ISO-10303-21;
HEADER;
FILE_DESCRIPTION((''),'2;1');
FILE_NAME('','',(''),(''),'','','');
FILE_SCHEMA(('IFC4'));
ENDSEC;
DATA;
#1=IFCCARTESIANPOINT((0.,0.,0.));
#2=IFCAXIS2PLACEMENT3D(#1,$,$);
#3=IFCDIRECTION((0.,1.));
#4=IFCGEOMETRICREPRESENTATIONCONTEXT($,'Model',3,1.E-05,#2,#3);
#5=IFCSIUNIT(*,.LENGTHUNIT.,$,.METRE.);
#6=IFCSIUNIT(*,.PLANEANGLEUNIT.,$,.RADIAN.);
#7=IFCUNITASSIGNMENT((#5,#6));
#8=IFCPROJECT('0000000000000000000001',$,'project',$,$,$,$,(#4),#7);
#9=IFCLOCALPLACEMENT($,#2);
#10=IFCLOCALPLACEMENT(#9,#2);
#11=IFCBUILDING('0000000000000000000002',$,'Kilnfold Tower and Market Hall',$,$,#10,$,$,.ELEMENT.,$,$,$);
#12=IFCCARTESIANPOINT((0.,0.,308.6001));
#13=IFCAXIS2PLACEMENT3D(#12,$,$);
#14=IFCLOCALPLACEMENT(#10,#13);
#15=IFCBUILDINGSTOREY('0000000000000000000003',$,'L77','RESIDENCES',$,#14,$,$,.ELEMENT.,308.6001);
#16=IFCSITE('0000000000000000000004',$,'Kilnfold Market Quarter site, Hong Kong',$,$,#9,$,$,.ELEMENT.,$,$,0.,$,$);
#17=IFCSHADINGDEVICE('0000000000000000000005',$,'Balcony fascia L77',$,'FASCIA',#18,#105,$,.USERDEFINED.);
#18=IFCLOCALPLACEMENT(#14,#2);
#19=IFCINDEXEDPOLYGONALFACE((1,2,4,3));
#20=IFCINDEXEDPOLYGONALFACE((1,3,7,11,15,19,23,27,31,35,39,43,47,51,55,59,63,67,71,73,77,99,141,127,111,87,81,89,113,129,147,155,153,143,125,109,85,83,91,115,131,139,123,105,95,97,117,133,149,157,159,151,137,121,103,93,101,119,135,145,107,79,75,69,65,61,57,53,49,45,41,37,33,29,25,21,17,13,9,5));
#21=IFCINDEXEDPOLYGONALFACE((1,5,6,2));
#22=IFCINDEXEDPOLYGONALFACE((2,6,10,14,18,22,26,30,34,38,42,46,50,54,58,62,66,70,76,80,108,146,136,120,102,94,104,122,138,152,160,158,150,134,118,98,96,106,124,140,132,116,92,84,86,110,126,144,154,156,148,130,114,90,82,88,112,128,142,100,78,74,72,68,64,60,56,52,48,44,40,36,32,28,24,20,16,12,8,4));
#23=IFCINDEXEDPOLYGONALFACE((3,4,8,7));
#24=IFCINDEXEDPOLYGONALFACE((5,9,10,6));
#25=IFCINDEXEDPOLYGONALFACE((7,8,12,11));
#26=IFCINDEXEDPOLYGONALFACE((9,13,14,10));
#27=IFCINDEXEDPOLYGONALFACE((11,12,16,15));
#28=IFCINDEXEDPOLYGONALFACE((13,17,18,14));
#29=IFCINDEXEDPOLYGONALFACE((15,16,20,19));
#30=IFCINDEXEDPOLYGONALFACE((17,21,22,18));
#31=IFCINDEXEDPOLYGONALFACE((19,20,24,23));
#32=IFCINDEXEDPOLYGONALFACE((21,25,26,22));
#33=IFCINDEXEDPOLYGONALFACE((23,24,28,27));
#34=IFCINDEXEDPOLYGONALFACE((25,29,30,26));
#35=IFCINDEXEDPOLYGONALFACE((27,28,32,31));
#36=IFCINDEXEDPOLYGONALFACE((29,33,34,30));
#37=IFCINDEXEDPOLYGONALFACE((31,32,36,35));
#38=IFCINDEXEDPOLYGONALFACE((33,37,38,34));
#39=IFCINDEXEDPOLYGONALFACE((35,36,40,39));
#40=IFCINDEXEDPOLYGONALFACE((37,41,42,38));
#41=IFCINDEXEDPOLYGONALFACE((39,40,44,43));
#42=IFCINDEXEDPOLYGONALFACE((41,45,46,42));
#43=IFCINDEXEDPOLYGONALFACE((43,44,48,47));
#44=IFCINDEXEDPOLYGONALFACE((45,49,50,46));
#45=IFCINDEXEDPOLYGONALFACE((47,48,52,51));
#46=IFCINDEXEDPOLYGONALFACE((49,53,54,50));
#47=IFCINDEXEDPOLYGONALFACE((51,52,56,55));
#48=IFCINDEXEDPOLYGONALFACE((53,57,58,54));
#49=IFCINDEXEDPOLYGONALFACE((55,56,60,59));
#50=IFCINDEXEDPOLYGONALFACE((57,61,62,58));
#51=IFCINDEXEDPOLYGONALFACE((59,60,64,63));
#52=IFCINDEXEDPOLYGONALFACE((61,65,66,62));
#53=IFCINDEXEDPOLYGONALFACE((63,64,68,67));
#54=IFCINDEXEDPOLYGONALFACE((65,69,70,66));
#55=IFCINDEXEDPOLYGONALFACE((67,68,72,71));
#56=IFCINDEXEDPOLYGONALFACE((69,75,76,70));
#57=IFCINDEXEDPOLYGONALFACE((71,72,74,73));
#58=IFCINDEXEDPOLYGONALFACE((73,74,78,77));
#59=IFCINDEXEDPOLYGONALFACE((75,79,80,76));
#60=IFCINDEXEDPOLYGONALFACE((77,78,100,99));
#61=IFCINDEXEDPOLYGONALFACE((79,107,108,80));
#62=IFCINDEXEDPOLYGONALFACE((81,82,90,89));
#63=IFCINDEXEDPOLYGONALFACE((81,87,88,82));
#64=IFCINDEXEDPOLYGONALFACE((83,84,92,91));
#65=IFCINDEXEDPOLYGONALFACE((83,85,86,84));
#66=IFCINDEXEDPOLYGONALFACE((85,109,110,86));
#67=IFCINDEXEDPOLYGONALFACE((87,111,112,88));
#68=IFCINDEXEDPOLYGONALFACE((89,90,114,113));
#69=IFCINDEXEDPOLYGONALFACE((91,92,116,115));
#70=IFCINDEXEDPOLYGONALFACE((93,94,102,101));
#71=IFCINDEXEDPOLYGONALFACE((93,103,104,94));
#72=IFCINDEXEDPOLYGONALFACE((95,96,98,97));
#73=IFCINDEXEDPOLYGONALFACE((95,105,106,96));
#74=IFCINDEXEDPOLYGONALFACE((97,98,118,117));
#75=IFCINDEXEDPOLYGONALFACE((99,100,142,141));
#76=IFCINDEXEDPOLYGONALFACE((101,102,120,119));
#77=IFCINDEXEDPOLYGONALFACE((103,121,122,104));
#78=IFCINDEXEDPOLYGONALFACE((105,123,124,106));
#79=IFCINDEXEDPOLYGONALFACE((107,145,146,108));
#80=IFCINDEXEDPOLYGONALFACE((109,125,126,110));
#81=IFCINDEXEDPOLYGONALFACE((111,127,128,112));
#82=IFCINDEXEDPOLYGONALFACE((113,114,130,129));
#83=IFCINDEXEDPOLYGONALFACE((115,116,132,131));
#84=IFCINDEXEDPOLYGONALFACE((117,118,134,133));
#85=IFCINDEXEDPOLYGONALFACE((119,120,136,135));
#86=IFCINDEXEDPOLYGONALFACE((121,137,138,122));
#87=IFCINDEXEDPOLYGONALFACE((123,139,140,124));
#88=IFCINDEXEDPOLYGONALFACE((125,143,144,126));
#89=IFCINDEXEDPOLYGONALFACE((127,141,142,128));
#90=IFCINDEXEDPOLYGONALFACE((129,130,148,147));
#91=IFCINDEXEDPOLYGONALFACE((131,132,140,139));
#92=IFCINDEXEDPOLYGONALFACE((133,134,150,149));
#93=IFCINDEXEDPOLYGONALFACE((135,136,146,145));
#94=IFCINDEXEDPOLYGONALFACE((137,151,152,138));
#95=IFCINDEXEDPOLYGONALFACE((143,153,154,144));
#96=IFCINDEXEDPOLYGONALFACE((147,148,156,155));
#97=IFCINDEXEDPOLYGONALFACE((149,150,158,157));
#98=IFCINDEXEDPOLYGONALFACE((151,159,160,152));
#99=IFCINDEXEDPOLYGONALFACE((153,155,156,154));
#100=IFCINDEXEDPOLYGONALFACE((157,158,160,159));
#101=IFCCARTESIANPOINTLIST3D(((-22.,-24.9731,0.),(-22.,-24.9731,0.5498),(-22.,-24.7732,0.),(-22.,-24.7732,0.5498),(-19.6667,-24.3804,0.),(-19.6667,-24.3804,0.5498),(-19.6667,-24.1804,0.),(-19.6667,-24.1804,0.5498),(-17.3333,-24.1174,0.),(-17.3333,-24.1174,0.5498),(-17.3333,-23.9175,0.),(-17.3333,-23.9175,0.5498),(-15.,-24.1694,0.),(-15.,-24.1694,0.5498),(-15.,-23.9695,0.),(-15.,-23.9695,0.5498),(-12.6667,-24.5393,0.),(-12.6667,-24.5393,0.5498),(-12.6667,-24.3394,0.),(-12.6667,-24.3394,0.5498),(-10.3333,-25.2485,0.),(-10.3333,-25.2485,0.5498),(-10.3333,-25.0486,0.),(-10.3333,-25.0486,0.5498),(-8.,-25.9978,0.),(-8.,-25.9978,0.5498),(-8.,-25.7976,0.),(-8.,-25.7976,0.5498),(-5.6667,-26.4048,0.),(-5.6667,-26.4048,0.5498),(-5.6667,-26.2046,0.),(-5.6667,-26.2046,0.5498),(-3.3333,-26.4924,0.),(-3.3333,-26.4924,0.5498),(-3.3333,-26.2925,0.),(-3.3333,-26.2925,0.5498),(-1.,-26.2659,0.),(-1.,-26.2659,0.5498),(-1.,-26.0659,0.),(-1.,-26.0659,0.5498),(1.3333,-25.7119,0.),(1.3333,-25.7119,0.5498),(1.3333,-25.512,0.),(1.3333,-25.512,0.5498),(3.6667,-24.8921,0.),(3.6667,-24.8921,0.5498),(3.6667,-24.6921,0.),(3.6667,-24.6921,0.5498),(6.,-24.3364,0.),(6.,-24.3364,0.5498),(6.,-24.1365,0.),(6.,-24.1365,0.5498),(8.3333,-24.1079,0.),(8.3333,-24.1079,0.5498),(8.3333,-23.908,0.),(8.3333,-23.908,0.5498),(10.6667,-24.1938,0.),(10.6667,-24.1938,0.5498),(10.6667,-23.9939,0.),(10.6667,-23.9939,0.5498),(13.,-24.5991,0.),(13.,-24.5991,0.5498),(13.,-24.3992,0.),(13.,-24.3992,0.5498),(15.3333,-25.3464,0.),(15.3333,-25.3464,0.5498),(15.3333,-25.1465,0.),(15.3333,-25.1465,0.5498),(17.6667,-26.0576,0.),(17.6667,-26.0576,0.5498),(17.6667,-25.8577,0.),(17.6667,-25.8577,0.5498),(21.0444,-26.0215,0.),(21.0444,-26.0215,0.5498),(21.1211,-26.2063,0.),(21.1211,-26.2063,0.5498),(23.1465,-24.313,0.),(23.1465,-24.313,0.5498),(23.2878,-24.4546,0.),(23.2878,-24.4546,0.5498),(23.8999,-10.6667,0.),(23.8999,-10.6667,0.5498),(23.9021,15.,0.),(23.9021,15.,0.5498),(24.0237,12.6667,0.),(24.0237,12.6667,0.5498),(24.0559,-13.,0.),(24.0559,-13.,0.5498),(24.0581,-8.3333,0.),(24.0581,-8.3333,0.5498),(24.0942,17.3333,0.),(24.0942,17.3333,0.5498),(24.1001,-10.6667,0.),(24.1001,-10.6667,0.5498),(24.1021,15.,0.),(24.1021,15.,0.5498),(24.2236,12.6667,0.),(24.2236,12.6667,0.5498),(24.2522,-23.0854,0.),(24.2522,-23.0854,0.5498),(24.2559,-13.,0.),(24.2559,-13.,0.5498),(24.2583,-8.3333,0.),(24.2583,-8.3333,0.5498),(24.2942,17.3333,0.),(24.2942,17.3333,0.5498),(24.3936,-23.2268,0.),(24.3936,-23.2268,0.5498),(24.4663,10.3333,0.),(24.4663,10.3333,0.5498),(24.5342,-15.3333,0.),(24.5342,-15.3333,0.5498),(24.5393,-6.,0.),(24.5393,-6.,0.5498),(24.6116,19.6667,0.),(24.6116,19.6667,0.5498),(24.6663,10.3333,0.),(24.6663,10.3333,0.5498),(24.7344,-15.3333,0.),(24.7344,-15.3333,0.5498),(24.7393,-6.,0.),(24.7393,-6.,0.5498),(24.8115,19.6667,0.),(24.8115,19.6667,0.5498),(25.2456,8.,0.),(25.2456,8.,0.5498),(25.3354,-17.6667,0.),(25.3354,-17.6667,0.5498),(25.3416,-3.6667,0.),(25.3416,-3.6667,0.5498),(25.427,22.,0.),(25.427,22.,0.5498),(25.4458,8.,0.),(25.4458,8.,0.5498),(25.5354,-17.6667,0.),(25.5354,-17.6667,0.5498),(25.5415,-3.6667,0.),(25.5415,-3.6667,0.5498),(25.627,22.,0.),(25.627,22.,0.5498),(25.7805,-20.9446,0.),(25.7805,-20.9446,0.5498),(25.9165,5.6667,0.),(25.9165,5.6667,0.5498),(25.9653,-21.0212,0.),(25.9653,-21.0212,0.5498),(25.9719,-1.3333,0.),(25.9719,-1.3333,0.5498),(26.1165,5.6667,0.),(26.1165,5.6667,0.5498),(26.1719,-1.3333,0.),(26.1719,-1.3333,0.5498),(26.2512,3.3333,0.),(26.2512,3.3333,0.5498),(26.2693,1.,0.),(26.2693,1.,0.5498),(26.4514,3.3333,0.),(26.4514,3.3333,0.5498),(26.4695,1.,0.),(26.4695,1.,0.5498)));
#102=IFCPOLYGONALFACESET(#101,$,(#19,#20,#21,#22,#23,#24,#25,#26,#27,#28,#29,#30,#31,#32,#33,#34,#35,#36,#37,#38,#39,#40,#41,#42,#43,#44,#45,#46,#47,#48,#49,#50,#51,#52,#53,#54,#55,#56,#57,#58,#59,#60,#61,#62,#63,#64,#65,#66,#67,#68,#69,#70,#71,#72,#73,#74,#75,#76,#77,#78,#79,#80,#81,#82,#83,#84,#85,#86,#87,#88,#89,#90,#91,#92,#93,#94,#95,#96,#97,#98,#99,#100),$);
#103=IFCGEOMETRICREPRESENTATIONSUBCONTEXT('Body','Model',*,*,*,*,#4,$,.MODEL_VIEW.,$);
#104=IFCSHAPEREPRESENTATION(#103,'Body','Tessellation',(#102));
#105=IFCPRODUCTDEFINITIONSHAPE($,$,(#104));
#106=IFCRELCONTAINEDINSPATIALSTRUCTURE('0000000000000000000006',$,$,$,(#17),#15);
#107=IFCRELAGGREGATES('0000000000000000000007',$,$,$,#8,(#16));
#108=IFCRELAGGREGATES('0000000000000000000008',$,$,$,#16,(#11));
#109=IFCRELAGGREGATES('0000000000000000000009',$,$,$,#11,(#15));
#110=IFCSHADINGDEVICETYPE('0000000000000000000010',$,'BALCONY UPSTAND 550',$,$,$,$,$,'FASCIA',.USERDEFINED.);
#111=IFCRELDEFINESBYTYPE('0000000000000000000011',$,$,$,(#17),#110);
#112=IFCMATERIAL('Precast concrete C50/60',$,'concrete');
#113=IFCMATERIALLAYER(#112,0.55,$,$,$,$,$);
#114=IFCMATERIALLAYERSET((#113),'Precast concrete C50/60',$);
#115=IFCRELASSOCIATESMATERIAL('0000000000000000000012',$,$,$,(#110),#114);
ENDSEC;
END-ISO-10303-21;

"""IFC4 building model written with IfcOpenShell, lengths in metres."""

from ifc_helpers import new_model, si_unit, direction, frame, origin, place, context, subcontext, project, spatial, polyline, outline, extrude, source, transform, mapped, material, layer, layer_set, type_object, element, save


model = new_model("IFC4")

# Units and contexts
model_context = context("Model", 3, precision=1e-05, world=origin(), true_north=direction((0.0, 1.0)))
body_context = subcontext(model_context, "Body", "Model", "MODEL_VIEW")
ifc_project = project(units=[si_unit("LENGTHUNIT", "METRE"), si_unit("PLANEANGLEUNIT", "RADIAN")], contexts=[model_context])

# Site, building, storey
site_placement = place(None, origin())
site = spatial("IfcSite", under=ifc_project, at=site_placement, Name="Kilnfold Market Quarter site, Hong Kong", CompositionType="ELEMENT", RefElevation=0.0)
building_placement = place(site_placement, origin())
building = spatial("IfcBuilding", under=site, at=building_placement, Name="Kilnfold Tower and Market Hall", CompositionType="ELEMENT")
storey_placement = place(building_placement, frame((0.0, 0.0, 308.6001)))
storey = spatial("IfcBuildingStorey", under=building, at=storey_placement, Name="L77", Description="RESIDENCES", CompositionType="ELEMENT", Elevation=308.6001)

# Shading device
ifc_material_1 = material(Name="Precast concrete C50/60", Category="concrete")
ifc_layer_1 = layer(ifc_material_1, 0.55)
ifc_layer_set_1 = layer_set([ifc_layer_1], Name="Precast concrete C50/60")
shading_device_type_1 = type_object("IfcShadingDeviceType", Name="BALCONY UPSTAND 550", ElementType="FASCIA", PredefinedType="USERDEFINED", material=ifc_layer_set_1)
shared_shape_1 = source(origin(), body_context, "Body", "SweptSolid", [
    extrude(outline(polyline([(-22.0, -24.9731), (-19.6667, -24.3804), (-17.3333, -24.1174), (-15.0, -24.1694), (-12.6667, -24.5393), (-10.3333, -25.2485), (-8.0, -25.9978), (-5.6667, -26.4048), (-3.3333, -26.4924), (-1.0, -26.2659), (1.3333, -25.7119), (3.6667, -24.8921), (6.0, -24.3364), (8.3333, -24.1079), (10.6667, -24.1938), (13.0, -24.5991), (15.3333, -25.3464), (17.6667, -26.0576), (21.1211, -26.2063), (23.2878, -24.4546), (24.3936, -23.2268), (25.9653, -21.0212), (25.5354, -17.6667), (24.7344, -15.3333), (24.2559, -13.0), (24.1001, -10.6667), (24.2583, -8.3333), (24.7393, -6.0), (25.5415, -3.6667), (26.1719, -1.3333), (26.4695, 1.0), (26.4514, 3.3333), (26.1165, 5.6667), (25.4458, 8.0), (24.6663, 10.3333), (24.2236, 12.6667), (24.1021, 15.0), (24.2942, 17.3333), (24.8115, 19.6667), (25.627, 22.0), (25.427, 22.0), (24.6116, 19.6667), (24.0942, 17.3333), (23.9021, 15.0), (24.0237, 12.6667), (24.4663, 10.3333), (25.2456, 8.0), (25.9165, 5.6667), (26.2512, 3.3333), (26.2693, 1.0), (25.9719, -1.3333), (25.3416, -3.6667), (24.5393, -6.0), (24.0581, -8.3333), (23.8999, -10.6667), (24.0559, -13.0), (24.5342, -15.3333), (25.3354, -17.6667), (25.7805, -20.9446), (24.2522, -23.0854), (23.1465, -24.313), (21.0444, -26.0215), (17.6667, -25.8577), (15.3333, -25.1465), (13.0, -24.3992), (10.6667, -23.9939), (8.3333, -23.908), (6.0, -24.1365), (3.6667, -24.6921), (1.3333, -25.512), (-1.0, -26.0659), (-3.3333, -26.2925), (-5.6667, -26.2046), (-8.0, -25.7976), (-10.3333, -25.0486), (-12.6667, -24.3394), (-15.0, -23.9695), (-17.3333, -23.9175), (-19.6667, -24.1804), (-22.0, -24.7732), (-22.0, -24.9731)])), origin(), (0.0, 0.0, 1.0), 0.5498),
])
shading_device_1_placement = place(storey_placement, origin())
element("IfcShadingDevice", 1, at=shading_device_1_placement, inside=storey, type_object=shading_device_type_1, Name="Balcony fascia L77", ObjectType="FASCIA", PredefinedType="USERDEFINED", context=body_context, shape_type="MappedRepresentation", body=[
    mapped(shared_shape_1, transform((0.0, 0.0, 0.0))),
])

save(model, "model.ifc")
